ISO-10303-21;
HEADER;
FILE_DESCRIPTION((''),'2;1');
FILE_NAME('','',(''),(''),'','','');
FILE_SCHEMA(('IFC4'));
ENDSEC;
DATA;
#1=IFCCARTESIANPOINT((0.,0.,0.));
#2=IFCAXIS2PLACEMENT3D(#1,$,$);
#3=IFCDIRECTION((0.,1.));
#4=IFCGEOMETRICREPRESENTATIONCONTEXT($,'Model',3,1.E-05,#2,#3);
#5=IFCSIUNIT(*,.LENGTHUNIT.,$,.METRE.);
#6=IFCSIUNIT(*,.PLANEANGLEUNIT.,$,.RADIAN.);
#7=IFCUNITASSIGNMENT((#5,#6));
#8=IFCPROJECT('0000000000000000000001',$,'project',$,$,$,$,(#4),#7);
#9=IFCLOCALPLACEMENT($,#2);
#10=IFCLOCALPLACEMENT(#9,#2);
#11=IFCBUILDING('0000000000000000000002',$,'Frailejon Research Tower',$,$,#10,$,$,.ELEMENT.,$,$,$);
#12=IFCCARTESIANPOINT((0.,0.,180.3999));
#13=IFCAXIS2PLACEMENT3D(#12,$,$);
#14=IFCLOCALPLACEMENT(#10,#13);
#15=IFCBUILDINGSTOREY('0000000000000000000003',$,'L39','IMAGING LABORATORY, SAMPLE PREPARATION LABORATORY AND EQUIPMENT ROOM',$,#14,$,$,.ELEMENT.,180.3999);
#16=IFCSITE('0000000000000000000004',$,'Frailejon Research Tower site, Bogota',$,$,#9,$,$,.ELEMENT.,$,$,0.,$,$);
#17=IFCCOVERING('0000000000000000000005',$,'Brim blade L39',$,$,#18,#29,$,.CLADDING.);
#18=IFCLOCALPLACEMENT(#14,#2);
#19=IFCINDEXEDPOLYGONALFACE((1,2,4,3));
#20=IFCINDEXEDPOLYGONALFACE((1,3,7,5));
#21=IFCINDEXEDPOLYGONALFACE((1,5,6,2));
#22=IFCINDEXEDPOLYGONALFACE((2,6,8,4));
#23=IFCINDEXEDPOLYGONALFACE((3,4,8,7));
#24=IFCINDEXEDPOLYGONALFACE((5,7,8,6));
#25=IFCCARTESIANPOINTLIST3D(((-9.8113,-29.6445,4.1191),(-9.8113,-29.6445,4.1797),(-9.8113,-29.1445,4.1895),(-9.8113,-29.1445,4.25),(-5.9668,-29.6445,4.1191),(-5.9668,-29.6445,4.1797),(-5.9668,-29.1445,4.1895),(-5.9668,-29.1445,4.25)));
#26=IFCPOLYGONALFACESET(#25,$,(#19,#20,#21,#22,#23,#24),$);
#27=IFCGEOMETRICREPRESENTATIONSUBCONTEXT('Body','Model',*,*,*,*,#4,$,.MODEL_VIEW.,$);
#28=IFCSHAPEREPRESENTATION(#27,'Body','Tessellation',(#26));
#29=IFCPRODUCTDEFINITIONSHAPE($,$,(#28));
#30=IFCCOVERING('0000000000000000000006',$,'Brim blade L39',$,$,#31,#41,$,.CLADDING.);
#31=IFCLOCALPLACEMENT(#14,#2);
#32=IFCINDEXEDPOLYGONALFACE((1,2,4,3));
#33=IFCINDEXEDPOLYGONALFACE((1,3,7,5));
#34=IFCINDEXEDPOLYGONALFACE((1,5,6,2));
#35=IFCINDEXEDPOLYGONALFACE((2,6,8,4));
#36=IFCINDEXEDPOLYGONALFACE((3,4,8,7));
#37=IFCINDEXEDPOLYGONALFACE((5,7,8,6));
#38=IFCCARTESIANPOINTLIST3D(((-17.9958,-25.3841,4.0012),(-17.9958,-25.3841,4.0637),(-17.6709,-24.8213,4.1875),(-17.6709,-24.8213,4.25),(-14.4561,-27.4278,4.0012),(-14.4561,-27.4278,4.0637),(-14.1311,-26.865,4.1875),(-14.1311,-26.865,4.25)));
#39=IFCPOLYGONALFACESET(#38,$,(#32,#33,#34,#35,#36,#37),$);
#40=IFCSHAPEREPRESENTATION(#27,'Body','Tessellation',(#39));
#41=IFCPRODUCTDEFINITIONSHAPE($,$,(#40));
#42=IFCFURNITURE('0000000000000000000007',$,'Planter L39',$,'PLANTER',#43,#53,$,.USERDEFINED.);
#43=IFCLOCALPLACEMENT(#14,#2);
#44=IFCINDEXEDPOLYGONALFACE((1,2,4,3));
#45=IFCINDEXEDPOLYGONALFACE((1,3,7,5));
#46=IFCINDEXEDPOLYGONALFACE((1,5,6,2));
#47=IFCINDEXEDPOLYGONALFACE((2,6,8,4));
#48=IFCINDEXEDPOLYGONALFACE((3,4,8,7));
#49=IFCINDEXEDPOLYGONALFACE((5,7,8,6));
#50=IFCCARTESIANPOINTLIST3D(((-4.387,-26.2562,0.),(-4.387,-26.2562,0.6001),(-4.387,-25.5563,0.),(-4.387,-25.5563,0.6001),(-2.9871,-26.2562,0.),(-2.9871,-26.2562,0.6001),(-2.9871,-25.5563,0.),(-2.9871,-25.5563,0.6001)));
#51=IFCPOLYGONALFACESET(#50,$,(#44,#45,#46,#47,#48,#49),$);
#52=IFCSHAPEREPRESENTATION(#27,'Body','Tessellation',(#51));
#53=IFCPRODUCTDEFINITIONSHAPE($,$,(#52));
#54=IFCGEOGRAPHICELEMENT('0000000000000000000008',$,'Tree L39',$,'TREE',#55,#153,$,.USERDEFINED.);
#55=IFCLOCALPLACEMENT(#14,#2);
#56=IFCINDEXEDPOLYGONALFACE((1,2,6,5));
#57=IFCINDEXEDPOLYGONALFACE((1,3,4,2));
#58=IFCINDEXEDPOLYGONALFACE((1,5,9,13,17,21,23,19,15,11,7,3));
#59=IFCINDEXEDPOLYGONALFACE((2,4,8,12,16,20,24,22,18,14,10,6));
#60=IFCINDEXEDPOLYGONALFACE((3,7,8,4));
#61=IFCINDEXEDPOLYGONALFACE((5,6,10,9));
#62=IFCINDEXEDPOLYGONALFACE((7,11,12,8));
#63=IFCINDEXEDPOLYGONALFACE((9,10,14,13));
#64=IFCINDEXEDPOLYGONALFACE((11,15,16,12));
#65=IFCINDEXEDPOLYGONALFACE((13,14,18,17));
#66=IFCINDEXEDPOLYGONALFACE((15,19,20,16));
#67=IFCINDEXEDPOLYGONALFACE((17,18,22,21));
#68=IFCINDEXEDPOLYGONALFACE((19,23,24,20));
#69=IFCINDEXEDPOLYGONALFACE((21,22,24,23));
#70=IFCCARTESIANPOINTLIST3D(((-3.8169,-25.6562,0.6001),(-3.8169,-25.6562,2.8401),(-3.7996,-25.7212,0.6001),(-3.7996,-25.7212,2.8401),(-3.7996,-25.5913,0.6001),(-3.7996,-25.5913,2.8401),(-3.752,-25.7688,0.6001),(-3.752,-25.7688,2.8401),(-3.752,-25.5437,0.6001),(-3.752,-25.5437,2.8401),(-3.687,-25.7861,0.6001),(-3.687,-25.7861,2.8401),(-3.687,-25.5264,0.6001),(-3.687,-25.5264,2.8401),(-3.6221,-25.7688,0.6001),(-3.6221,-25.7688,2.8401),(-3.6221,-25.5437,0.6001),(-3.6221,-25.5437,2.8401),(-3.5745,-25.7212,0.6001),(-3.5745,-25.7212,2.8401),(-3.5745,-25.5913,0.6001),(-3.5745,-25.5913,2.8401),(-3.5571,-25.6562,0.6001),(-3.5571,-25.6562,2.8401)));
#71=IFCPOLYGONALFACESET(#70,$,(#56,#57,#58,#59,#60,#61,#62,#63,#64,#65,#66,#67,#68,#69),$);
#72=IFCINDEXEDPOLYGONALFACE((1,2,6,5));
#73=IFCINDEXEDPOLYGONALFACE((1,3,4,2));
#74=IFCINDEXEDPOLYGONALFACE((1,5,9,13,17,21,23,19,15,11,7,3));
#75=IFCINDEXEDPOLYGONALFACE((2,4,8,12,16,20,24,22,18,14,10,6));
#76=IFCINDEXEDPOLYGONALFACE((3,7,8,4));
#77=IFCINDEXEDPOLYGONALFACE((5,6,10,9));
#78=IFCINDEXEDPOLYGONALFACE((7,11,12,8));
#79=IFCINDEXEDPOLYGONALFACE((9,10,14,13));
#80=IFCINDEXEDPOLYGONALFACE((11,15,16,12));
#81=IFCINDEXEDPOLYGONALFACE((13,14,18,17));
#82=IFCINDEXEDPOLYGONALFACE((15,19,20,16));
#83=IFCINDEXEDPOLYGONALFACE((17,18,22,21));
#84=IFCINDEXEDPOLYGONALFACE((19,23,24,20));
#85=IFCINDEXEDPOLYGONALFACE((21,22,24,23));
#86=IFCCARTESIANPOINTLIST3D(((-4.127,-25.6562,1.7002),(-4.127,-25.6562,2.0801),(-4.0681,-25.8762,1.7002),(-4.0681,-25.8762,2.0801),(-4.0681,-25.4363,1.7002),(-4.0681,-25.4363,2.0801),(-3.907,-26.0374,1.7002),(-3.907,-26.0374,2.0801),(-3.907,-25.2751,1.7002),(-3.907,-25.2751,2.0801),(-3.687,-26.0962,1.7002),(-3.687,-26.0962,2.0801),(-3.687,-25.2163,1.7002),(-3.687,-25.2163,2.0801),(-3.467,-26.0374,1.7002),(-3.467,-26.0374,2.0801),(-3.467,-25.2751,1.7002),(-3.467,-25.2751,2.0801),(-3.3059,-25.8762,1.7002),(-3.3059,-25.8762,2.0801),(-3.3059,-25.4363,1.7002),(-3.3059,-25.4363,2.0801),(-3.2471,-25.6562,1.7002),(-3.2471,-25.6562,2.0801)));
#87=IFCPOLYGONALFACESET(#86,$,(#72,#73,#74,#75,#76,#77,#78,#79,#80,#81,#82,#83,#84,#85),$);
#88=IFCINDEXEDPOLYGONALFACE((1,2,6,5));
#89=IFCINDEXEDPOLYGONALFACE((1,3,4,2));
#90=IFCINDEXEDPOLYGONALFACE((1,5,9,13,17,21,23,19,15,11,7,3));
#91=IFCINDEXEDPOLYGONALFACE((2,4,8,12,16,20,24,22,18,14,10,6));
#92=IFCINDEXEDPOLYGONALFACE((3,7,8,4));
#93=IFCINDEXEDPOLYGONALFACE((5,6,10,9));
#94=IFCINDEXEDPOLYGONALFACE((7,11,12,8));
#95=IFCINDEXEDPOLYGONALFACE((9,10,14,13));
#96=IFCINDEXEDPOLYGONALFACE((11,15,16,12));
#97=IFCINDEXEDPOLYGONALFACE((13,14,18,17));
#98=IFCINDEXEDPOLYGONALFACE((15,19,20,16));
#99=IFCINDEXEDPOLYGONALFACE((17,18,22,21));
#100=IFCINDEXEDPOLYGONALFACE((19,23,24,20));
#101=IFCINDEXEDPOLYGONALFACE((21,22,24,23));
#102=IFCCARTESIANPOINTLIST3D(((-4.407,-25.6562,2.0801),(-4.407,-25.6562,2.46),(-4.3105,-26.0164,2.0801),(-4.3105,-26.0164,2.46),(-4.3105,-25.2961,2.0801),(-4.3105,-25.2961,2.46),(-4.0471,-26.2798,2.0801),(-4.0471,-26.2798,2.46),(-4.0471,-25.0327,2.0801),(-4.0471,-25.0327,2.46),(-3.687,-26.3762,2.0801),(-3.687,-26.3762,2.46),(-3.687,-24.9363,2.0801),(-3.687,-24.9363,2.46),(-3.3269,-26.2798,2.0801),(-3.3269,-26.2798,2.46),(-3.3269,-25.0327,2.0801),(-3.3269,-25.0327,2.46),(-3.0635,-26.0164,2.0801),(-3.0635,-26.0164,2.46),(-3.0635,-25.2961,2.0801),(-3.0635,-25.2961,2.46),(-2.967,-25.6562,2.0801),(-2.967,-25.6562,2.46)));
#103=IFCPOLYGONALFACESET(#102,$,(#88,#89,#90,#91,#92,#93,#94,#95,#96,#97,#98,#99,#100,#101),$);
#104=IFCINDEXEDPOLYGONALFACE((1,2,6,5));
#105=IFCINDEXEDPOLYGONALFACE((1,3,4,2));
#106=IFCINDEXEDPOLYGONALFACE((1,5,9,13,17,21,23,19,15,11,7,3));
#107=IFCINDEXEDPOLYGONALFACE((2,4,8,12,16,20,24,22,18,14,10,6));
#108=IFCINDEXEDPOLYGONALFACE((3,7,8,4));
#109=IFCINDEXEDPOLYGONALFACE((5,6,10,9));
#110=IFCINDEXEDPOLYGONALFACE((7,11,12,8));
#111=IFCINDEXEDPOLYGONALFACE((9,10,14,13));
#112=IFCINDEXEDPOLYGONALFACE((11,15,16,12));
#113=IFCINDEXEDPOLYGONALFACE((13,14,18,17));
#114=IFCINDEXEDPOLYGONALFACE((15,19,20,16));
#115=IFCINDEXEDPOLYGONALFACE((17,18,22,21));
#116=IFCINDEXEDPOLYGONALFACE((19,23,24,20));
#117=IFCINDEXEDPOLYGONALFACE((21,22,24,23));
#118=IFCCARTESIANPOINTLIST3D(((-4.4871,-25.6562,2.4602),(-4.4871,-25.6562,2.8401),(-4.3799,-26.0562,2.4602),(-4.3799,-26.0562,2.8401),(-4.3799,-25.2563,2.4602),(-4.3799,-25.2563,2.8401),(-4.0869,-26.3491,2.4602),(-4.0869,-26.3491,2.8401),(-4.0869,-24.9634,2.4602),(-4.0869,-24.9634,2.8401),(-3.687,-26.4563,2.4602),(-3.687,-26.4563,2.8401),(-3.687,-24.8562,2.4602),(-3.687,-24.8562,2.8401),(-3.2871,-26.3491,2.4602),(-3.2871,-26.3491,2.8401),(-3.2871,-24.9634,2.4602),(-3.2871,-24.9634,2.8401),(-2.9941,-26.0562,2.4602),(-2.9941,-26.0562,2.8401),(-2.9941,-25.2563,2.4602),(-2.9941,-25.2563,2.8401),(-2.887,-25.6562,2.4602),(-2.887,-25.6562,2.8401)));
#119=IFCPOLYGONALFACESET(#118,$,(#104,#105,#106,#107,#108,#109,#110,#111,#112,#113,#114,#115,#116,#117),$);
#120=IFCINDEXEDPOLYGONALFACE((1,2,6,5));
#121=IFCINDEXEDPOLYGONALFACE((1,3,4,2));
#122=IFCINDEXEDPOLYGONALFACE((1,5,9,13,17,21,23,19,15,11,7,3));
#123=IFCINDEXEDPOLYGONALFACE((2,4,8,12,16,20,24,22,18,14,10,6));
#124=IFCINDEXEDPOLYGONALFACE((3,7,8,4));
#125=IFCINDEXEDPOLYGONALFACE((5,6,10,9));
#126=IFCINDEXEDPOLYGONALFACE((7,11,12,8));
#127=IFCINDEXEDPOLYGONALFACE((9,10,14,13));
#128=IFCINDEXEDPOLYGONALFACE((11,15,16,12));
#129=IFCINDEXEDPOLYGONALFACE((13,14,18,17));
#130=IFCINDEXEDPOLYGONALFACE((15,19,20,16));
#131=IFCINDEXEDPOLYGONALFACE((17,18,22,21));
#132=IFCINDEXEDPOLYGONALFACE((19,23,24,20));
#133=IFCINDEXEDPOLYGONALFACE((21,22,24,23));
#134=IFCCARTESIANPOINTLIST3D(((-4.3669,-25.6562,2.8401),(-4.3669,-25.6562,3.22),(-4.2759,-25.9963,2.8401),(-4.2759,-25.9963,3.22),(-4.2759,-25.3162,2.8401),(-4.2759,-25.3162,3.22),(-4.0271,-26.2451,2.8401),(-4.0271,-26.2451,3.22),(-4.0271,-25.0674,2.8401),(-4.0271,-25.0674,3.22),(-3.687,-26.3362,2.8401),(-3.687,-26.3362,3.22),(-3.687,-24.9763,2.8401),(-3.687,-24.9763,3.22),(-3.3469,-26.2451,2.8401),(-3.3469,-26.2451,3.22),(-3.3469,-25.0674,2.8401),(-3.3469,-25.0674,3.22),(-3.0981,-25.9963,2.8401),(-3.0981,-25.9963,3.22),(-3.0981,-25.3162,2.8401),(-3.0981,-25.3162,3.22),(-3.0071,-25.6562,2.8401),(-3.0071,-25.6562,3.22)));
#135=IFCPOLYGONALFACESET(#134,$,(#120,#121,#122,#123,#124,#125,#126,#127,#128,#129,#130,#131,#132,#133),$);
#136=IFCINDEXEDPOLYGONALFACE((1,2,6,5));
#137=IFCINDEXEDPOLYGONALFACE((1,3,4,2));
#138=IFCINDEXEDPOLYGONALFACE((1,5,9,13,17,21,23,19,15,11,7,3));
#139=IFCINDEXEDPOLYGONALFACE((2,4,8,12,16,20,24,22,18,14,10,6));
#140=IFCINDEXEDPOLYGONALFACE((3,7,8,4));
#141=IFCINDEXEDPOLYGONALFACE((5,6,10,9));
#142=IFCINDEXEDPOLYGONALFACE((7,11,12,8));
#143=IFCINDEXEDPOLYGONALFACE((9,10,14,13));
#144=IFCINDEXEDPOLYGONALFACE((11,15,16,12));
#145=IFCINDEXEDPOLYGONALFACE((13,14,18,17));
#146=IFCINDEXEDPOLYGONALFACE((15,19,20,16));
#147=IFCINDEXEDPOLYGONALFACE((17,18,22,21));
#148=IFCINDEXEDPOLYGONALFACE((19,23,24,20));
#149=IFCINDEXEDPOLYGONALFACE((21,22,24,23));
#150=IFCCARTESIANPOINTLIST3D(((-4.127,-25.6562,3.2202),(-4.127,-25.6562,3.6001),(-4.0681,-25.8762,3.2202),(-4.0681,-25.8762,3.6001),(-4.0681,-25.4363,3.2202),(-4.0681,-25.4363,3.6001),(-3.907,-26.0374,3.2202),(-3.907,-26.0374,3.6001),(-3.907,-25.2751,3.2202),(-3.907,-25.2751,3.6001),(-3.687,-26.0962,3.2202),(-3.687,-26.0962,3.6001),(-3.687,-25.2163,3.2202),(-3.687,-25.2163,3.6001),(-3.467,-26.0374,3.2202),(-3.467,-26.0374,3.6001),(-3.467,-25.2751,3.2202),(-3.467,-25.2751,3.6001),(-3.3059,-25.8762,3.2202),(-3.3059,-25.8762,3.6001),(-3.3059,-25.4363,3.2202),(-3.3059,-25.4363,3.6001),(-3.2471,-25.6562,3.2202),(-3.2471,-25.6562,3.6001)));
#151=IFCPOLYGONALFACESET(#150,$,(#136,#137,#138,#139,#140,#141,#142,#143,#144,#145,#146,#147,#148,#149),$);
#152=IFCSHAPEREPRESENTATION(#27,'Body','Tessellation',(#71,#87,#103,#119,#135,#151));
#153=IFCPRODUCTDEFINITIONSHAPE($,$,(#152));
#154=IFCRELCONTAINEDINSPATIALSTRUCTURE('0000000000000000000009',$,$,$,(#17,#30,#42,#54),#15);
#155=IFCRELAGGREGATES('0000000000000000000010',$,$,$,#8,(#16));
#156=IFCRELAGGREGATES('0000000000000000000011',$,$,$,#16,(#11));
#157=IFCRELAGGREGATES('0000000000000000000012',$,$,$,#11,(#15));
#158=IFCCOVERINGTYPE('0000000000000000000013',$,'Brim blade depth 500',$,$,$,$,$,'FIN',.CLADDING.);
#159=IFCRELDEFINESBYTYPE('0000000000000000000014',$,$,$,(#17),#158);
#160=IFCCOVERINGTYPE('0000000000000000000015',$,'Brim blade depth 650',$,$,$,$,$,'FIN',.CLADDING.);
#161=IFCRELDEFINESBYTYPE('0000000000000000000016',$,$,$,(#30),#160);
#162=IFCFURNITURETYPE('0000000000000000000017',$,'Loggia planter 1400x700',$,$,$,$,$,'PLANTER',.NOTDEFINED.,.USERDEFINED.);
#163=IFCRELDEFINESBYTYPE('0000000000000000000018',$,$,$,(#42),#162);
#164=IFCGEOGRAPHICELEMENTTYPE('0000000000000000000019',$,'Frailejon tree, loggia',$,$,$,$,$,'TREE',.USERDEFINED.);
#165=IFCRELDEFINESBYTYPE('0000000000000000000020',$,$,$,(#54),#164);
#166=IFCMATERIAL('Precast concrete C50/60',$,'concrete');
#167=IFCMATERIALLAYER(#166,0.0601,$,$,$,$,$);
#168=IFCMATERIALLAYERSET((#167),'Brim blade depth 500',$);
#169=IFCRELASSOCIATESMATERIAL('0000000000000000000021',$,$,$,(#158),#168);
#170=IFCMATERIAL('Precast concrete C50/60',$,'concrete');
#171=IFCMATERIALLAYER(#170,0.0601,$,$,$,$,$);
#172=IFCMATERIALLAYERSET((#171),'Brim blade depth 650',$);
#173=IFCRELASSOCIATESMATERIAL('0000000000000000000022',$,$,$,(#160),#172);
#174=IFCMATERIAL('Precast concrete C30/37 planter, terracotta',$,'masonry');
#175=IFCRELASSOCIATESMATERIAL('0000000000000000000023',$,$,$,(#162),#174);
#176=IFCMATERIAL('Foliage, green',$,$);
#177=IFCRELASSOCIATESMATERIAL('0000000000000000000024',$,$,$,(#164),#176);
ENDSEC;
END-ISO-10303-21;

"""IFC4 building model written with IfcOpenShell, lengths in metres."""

from ifc_helpers import new_model, si_unit, direction, frame, origin, origin_2d, place, context, subcontext, project, spatial, polyline, rectangle, outline, extrude, material, layer, layer_set, type_object, element, save


model = new_model("IFC4")

# Units and contexts
model_context = context("Model", 3, precision=1e-05, world=origin(), true_north=direction((0.0, 1.0)))
body_context = subcontext(model_context, "Body", "Model", "MODEL_VIEW")
ifc_project = project(units=[si_unit("LENGTHUNIT", "METRE"), si_unit("PLANEANGLEUNIT", "RADIAN")], contexts=[model_context])

# Site, building, storey
site_placement = place(None, origin())
site = spatial("IfcSite", under=ifc_project, at=site_placement, Name="Frailejon Research Tower site, Bogota", CompositionType="ELEMENT", RefElevation=0.0)
building_placement = place(site_placement, origin())
building = spatial("IfcBuilding", under=site, at=building_placement, Name="Frailejon Research Tower", CompositionType="ELEMENT")
storey_placement = place(building_placement, frame((0.0, 0.0, 180.3999)))
storey = spatial("IfcBuildingStorey", under=building, at=storey_placement, Name="L39", Description="IMAGING LABORATORY, SAMPLE PREPARATION LABORATORY AND EQUIPMENT ROOM", CompositionType="ELEMENT", Elevation=180.3999)

# Coverings
ifc_material_1 = material(Name="Precast concrete C50/60", Category="concrete")
ifc_layer_1 = layer(ifc_material_1, 0.0601)
ifc_layer_set_1 = layer_set([ifc_layer_1], Name="Brim blade depth 500")
covering_type_1 = type_object("IfcCoveringType", Name="Brim blade depth 500", ElementType="FIN", PredefinedType="CLADDING", material=ifc_layer_set_1)
covering_1_placement = place(storey_placement, frame((-5.9668, -29.1445, 4.25), z_axis=(-1.0, 0.0, 0.0), x_axis=(0.0, -1.0, 0.0)))
element("IfcCovering", 1, at=covering_1_placement, inside=storey, type_object=covering_type_1, Name="Brim blade L39", PredefinedType="CLADDING", context=body_context, shape_type="SweptSolid", body=[
    extrude(outline(polyline([(0.0, -0.0605), (0.5, -0.1309), (0.5, -0.0703), (0.0, 0.0), (0.0, -0.0605)])), origin(), (0.0, 0.0, 1.0), 3.8445),
])
ifc_material_2 = material(Name="Precast concrete C50/60", Category="concrete")
ifc_layer_2 = layer(ifc_material_2, 0.0601)
ifc_layer_set_2 = layer_set([ifc_layer_2], Name="Brim blade depth 650")
covering_type_2 = type_object("IfcCoveringType", Name="Brim blade depth 650", ElementType="FIN", PredefinedType="CLADDING", material=ifc_layer_set_2)
covering_2_placement = place(storey_placement, frame((-14.1311, -26.865, 4.25), z_axis=(-0.866021, 0.500007, 0.0), x_axis=(-0.500007, -0.866021, 0.0)))
element("IfcCovering", 2, at=covering_2_placement, inside=storey, type_object=covering_type_2, Name="Brim blade L39", PredefinedType="CLADDING", context=body_context, shape_type="SweptSolid", body=[
    extrude(outline(polyline([(0.0, -0.0625), (0.6499, -0.2488), (0.6499, -0.1863), (0.0, 0.0), (0.0, -0.0625)])), origin(), (0.0, 0.0, 1.0), 4.0874),
])

# Furniture
ifc_material_3 = material(Name="Precast concrete C30/37 planter, terracotta", Category="masonry")
furniture_type = type_object("IfcFurnitureType", Name="Loggia planter 1400x700", ElementType="PLANTER", AssemblyPlace="NOTDEFINED", PredefinedType="USERDEFINED", material=ifc_material_3)
furniture_placement = place(storey_placement, frame((-3.687, -25.9062, 0.0), z_axis=(0.0, 0.0, 1.0), x_axis=(1.0, 0.0, 0.0)))
element("IfcFurniture", 3, at=furniture_placement, inside=storey, type_object=furniture_type, Name="Planter L39", ObjectType="PLANTER", PredefinedType="USERDEFINED", context=body_context, shape_type="SweptSolid", body=[
    extrude(rectangle(XDim=1.3999, YDim=0.7, at=origin_2d()), origin(), (0.0, 0.0, 1.0), 0.6001),
])

# Geographic element
ifc_material_4 = material(Name="Foliage, green")
geographic_element_type = type_object("IfcGeographicElementType", Name="Frailejon tree, loggia", ElementType="TREE", PredefinedType="USERDEFINED", material=ifc_material_4)
geographic_element_placement = place(storey_placement, frame((-3.687, -25.6562, 0.6001)))
element("IfcGeographicElement", 4, at=geographic_element_placement, inside=storey, type_object=geographic_element_type, Name="Tree L39", ObjectType="TREE", PredefinedType="USERDEFINED", context=body_context, shape_type="SweptSolid", body=[
    extrude(outline(polyline([(0.1299, 0.0), (0.1125, 0.0649), (0.0649, 0.1125), (0.0, 0.1299), (-0.0649, 0.1125), (-0.1125, 0.0649), (-0.1299, 0.0), (-0.1125, -0.0649), (-0.0649, -0.1125), (0.0, -0.1299), (0.0649, -0.1125), (0.1125, -0.0649), (0.1299, 0.0)])), origin(), (0.0, 0.0, 1.0), 2.24),
    extrude(outline(polyline([(0.4399, 0.0), (0.3811, 0.22), (0.22, 0.3811), (0.0, 0.4399), (-0.22, 0.3811), (-0.3811, 0.22), (-0.4399, 0.0), (-0.3811, -0.22), (-0.22, -0.3811), (0.0, -0.4399), (0.22, -0.3811), (0.3811, -0.22), (0.4399, 0.0)])), frame((0.0, 0.0, 1.1001)), (0.0, 0.0, 1.0), 0.3799),
    extrude(outline(polyline([(0.72, 0.0), (0.6235, 0.3601), (0.3601, 0.6235), (0.0, 0.72), (-0.3601, 0.6235), (-0.6235, 0.3601), (-0.72, 0.0), (-0.6235, -0.3601), (-0.3601, -0.6235), (0.0, -0.72), (0.3601, -0.6235), (0.6235, -0.3601), (0.72, 0.0)])), frame((0.0, 0.0, 1.48)), (0.0, 0.0, 1.0), 0.3799),
    extrude(outline(polyline([(0.8, 0.0), (0.6929, 0.3999), (0.3999, 0.6929), (0.0, 0.8), (-0.3999, 0.6929), (-0.6929, 0.3999), (-0.8, 0.0), (-0.6929, -0.3999), (-0.3999, -0.6929), (0.0, -0.8), (0.3999, -0.6929), (0.6929, -0.3999), (0.8, 0.0)])), frame((0.0, 0.0, 1.8601)), (0.0, 0.0, 1.0), 0.3799),
    extrude(outline(polyline([(0.6799, 0.0), (0.5889, 0.3401), (0.3401, 0.5889), (0.0, 0.6799), (-0.3401, 0.5889), (-0.5889, 0.3401), (-0.6799, 0.0), (-0.5889, -0.3401), (-0.3401, -0.5889), (0.0, -0.6799), (0.3401, -0.5889), (0.5889, -0.3401), (0.6799, 0.0)])), frame((0.0, 0.0, 2.24)), (0.0, 0.0, 1.0), 0.3799),
    extrude(outline(polyline([(0.4399, 0.0), (0.3811, 0.22), (0.22, 0.3811), (0.0, 0.4399), (-0.22, 0.3811), (-0.3811, 0.22), (-0.4399, 0.0), (-0.3811, -0.22), (-0.22, -0.3811), (0.0, -0.4399), (0.22, -0.3811), (0.3811, -0.22), (0.4399, 0.0)])), frame((0.0, 0.0, 2.6201)), (0.0, 0.0, 1.0), 0.3799),
])

save(model, "model.ifc")
